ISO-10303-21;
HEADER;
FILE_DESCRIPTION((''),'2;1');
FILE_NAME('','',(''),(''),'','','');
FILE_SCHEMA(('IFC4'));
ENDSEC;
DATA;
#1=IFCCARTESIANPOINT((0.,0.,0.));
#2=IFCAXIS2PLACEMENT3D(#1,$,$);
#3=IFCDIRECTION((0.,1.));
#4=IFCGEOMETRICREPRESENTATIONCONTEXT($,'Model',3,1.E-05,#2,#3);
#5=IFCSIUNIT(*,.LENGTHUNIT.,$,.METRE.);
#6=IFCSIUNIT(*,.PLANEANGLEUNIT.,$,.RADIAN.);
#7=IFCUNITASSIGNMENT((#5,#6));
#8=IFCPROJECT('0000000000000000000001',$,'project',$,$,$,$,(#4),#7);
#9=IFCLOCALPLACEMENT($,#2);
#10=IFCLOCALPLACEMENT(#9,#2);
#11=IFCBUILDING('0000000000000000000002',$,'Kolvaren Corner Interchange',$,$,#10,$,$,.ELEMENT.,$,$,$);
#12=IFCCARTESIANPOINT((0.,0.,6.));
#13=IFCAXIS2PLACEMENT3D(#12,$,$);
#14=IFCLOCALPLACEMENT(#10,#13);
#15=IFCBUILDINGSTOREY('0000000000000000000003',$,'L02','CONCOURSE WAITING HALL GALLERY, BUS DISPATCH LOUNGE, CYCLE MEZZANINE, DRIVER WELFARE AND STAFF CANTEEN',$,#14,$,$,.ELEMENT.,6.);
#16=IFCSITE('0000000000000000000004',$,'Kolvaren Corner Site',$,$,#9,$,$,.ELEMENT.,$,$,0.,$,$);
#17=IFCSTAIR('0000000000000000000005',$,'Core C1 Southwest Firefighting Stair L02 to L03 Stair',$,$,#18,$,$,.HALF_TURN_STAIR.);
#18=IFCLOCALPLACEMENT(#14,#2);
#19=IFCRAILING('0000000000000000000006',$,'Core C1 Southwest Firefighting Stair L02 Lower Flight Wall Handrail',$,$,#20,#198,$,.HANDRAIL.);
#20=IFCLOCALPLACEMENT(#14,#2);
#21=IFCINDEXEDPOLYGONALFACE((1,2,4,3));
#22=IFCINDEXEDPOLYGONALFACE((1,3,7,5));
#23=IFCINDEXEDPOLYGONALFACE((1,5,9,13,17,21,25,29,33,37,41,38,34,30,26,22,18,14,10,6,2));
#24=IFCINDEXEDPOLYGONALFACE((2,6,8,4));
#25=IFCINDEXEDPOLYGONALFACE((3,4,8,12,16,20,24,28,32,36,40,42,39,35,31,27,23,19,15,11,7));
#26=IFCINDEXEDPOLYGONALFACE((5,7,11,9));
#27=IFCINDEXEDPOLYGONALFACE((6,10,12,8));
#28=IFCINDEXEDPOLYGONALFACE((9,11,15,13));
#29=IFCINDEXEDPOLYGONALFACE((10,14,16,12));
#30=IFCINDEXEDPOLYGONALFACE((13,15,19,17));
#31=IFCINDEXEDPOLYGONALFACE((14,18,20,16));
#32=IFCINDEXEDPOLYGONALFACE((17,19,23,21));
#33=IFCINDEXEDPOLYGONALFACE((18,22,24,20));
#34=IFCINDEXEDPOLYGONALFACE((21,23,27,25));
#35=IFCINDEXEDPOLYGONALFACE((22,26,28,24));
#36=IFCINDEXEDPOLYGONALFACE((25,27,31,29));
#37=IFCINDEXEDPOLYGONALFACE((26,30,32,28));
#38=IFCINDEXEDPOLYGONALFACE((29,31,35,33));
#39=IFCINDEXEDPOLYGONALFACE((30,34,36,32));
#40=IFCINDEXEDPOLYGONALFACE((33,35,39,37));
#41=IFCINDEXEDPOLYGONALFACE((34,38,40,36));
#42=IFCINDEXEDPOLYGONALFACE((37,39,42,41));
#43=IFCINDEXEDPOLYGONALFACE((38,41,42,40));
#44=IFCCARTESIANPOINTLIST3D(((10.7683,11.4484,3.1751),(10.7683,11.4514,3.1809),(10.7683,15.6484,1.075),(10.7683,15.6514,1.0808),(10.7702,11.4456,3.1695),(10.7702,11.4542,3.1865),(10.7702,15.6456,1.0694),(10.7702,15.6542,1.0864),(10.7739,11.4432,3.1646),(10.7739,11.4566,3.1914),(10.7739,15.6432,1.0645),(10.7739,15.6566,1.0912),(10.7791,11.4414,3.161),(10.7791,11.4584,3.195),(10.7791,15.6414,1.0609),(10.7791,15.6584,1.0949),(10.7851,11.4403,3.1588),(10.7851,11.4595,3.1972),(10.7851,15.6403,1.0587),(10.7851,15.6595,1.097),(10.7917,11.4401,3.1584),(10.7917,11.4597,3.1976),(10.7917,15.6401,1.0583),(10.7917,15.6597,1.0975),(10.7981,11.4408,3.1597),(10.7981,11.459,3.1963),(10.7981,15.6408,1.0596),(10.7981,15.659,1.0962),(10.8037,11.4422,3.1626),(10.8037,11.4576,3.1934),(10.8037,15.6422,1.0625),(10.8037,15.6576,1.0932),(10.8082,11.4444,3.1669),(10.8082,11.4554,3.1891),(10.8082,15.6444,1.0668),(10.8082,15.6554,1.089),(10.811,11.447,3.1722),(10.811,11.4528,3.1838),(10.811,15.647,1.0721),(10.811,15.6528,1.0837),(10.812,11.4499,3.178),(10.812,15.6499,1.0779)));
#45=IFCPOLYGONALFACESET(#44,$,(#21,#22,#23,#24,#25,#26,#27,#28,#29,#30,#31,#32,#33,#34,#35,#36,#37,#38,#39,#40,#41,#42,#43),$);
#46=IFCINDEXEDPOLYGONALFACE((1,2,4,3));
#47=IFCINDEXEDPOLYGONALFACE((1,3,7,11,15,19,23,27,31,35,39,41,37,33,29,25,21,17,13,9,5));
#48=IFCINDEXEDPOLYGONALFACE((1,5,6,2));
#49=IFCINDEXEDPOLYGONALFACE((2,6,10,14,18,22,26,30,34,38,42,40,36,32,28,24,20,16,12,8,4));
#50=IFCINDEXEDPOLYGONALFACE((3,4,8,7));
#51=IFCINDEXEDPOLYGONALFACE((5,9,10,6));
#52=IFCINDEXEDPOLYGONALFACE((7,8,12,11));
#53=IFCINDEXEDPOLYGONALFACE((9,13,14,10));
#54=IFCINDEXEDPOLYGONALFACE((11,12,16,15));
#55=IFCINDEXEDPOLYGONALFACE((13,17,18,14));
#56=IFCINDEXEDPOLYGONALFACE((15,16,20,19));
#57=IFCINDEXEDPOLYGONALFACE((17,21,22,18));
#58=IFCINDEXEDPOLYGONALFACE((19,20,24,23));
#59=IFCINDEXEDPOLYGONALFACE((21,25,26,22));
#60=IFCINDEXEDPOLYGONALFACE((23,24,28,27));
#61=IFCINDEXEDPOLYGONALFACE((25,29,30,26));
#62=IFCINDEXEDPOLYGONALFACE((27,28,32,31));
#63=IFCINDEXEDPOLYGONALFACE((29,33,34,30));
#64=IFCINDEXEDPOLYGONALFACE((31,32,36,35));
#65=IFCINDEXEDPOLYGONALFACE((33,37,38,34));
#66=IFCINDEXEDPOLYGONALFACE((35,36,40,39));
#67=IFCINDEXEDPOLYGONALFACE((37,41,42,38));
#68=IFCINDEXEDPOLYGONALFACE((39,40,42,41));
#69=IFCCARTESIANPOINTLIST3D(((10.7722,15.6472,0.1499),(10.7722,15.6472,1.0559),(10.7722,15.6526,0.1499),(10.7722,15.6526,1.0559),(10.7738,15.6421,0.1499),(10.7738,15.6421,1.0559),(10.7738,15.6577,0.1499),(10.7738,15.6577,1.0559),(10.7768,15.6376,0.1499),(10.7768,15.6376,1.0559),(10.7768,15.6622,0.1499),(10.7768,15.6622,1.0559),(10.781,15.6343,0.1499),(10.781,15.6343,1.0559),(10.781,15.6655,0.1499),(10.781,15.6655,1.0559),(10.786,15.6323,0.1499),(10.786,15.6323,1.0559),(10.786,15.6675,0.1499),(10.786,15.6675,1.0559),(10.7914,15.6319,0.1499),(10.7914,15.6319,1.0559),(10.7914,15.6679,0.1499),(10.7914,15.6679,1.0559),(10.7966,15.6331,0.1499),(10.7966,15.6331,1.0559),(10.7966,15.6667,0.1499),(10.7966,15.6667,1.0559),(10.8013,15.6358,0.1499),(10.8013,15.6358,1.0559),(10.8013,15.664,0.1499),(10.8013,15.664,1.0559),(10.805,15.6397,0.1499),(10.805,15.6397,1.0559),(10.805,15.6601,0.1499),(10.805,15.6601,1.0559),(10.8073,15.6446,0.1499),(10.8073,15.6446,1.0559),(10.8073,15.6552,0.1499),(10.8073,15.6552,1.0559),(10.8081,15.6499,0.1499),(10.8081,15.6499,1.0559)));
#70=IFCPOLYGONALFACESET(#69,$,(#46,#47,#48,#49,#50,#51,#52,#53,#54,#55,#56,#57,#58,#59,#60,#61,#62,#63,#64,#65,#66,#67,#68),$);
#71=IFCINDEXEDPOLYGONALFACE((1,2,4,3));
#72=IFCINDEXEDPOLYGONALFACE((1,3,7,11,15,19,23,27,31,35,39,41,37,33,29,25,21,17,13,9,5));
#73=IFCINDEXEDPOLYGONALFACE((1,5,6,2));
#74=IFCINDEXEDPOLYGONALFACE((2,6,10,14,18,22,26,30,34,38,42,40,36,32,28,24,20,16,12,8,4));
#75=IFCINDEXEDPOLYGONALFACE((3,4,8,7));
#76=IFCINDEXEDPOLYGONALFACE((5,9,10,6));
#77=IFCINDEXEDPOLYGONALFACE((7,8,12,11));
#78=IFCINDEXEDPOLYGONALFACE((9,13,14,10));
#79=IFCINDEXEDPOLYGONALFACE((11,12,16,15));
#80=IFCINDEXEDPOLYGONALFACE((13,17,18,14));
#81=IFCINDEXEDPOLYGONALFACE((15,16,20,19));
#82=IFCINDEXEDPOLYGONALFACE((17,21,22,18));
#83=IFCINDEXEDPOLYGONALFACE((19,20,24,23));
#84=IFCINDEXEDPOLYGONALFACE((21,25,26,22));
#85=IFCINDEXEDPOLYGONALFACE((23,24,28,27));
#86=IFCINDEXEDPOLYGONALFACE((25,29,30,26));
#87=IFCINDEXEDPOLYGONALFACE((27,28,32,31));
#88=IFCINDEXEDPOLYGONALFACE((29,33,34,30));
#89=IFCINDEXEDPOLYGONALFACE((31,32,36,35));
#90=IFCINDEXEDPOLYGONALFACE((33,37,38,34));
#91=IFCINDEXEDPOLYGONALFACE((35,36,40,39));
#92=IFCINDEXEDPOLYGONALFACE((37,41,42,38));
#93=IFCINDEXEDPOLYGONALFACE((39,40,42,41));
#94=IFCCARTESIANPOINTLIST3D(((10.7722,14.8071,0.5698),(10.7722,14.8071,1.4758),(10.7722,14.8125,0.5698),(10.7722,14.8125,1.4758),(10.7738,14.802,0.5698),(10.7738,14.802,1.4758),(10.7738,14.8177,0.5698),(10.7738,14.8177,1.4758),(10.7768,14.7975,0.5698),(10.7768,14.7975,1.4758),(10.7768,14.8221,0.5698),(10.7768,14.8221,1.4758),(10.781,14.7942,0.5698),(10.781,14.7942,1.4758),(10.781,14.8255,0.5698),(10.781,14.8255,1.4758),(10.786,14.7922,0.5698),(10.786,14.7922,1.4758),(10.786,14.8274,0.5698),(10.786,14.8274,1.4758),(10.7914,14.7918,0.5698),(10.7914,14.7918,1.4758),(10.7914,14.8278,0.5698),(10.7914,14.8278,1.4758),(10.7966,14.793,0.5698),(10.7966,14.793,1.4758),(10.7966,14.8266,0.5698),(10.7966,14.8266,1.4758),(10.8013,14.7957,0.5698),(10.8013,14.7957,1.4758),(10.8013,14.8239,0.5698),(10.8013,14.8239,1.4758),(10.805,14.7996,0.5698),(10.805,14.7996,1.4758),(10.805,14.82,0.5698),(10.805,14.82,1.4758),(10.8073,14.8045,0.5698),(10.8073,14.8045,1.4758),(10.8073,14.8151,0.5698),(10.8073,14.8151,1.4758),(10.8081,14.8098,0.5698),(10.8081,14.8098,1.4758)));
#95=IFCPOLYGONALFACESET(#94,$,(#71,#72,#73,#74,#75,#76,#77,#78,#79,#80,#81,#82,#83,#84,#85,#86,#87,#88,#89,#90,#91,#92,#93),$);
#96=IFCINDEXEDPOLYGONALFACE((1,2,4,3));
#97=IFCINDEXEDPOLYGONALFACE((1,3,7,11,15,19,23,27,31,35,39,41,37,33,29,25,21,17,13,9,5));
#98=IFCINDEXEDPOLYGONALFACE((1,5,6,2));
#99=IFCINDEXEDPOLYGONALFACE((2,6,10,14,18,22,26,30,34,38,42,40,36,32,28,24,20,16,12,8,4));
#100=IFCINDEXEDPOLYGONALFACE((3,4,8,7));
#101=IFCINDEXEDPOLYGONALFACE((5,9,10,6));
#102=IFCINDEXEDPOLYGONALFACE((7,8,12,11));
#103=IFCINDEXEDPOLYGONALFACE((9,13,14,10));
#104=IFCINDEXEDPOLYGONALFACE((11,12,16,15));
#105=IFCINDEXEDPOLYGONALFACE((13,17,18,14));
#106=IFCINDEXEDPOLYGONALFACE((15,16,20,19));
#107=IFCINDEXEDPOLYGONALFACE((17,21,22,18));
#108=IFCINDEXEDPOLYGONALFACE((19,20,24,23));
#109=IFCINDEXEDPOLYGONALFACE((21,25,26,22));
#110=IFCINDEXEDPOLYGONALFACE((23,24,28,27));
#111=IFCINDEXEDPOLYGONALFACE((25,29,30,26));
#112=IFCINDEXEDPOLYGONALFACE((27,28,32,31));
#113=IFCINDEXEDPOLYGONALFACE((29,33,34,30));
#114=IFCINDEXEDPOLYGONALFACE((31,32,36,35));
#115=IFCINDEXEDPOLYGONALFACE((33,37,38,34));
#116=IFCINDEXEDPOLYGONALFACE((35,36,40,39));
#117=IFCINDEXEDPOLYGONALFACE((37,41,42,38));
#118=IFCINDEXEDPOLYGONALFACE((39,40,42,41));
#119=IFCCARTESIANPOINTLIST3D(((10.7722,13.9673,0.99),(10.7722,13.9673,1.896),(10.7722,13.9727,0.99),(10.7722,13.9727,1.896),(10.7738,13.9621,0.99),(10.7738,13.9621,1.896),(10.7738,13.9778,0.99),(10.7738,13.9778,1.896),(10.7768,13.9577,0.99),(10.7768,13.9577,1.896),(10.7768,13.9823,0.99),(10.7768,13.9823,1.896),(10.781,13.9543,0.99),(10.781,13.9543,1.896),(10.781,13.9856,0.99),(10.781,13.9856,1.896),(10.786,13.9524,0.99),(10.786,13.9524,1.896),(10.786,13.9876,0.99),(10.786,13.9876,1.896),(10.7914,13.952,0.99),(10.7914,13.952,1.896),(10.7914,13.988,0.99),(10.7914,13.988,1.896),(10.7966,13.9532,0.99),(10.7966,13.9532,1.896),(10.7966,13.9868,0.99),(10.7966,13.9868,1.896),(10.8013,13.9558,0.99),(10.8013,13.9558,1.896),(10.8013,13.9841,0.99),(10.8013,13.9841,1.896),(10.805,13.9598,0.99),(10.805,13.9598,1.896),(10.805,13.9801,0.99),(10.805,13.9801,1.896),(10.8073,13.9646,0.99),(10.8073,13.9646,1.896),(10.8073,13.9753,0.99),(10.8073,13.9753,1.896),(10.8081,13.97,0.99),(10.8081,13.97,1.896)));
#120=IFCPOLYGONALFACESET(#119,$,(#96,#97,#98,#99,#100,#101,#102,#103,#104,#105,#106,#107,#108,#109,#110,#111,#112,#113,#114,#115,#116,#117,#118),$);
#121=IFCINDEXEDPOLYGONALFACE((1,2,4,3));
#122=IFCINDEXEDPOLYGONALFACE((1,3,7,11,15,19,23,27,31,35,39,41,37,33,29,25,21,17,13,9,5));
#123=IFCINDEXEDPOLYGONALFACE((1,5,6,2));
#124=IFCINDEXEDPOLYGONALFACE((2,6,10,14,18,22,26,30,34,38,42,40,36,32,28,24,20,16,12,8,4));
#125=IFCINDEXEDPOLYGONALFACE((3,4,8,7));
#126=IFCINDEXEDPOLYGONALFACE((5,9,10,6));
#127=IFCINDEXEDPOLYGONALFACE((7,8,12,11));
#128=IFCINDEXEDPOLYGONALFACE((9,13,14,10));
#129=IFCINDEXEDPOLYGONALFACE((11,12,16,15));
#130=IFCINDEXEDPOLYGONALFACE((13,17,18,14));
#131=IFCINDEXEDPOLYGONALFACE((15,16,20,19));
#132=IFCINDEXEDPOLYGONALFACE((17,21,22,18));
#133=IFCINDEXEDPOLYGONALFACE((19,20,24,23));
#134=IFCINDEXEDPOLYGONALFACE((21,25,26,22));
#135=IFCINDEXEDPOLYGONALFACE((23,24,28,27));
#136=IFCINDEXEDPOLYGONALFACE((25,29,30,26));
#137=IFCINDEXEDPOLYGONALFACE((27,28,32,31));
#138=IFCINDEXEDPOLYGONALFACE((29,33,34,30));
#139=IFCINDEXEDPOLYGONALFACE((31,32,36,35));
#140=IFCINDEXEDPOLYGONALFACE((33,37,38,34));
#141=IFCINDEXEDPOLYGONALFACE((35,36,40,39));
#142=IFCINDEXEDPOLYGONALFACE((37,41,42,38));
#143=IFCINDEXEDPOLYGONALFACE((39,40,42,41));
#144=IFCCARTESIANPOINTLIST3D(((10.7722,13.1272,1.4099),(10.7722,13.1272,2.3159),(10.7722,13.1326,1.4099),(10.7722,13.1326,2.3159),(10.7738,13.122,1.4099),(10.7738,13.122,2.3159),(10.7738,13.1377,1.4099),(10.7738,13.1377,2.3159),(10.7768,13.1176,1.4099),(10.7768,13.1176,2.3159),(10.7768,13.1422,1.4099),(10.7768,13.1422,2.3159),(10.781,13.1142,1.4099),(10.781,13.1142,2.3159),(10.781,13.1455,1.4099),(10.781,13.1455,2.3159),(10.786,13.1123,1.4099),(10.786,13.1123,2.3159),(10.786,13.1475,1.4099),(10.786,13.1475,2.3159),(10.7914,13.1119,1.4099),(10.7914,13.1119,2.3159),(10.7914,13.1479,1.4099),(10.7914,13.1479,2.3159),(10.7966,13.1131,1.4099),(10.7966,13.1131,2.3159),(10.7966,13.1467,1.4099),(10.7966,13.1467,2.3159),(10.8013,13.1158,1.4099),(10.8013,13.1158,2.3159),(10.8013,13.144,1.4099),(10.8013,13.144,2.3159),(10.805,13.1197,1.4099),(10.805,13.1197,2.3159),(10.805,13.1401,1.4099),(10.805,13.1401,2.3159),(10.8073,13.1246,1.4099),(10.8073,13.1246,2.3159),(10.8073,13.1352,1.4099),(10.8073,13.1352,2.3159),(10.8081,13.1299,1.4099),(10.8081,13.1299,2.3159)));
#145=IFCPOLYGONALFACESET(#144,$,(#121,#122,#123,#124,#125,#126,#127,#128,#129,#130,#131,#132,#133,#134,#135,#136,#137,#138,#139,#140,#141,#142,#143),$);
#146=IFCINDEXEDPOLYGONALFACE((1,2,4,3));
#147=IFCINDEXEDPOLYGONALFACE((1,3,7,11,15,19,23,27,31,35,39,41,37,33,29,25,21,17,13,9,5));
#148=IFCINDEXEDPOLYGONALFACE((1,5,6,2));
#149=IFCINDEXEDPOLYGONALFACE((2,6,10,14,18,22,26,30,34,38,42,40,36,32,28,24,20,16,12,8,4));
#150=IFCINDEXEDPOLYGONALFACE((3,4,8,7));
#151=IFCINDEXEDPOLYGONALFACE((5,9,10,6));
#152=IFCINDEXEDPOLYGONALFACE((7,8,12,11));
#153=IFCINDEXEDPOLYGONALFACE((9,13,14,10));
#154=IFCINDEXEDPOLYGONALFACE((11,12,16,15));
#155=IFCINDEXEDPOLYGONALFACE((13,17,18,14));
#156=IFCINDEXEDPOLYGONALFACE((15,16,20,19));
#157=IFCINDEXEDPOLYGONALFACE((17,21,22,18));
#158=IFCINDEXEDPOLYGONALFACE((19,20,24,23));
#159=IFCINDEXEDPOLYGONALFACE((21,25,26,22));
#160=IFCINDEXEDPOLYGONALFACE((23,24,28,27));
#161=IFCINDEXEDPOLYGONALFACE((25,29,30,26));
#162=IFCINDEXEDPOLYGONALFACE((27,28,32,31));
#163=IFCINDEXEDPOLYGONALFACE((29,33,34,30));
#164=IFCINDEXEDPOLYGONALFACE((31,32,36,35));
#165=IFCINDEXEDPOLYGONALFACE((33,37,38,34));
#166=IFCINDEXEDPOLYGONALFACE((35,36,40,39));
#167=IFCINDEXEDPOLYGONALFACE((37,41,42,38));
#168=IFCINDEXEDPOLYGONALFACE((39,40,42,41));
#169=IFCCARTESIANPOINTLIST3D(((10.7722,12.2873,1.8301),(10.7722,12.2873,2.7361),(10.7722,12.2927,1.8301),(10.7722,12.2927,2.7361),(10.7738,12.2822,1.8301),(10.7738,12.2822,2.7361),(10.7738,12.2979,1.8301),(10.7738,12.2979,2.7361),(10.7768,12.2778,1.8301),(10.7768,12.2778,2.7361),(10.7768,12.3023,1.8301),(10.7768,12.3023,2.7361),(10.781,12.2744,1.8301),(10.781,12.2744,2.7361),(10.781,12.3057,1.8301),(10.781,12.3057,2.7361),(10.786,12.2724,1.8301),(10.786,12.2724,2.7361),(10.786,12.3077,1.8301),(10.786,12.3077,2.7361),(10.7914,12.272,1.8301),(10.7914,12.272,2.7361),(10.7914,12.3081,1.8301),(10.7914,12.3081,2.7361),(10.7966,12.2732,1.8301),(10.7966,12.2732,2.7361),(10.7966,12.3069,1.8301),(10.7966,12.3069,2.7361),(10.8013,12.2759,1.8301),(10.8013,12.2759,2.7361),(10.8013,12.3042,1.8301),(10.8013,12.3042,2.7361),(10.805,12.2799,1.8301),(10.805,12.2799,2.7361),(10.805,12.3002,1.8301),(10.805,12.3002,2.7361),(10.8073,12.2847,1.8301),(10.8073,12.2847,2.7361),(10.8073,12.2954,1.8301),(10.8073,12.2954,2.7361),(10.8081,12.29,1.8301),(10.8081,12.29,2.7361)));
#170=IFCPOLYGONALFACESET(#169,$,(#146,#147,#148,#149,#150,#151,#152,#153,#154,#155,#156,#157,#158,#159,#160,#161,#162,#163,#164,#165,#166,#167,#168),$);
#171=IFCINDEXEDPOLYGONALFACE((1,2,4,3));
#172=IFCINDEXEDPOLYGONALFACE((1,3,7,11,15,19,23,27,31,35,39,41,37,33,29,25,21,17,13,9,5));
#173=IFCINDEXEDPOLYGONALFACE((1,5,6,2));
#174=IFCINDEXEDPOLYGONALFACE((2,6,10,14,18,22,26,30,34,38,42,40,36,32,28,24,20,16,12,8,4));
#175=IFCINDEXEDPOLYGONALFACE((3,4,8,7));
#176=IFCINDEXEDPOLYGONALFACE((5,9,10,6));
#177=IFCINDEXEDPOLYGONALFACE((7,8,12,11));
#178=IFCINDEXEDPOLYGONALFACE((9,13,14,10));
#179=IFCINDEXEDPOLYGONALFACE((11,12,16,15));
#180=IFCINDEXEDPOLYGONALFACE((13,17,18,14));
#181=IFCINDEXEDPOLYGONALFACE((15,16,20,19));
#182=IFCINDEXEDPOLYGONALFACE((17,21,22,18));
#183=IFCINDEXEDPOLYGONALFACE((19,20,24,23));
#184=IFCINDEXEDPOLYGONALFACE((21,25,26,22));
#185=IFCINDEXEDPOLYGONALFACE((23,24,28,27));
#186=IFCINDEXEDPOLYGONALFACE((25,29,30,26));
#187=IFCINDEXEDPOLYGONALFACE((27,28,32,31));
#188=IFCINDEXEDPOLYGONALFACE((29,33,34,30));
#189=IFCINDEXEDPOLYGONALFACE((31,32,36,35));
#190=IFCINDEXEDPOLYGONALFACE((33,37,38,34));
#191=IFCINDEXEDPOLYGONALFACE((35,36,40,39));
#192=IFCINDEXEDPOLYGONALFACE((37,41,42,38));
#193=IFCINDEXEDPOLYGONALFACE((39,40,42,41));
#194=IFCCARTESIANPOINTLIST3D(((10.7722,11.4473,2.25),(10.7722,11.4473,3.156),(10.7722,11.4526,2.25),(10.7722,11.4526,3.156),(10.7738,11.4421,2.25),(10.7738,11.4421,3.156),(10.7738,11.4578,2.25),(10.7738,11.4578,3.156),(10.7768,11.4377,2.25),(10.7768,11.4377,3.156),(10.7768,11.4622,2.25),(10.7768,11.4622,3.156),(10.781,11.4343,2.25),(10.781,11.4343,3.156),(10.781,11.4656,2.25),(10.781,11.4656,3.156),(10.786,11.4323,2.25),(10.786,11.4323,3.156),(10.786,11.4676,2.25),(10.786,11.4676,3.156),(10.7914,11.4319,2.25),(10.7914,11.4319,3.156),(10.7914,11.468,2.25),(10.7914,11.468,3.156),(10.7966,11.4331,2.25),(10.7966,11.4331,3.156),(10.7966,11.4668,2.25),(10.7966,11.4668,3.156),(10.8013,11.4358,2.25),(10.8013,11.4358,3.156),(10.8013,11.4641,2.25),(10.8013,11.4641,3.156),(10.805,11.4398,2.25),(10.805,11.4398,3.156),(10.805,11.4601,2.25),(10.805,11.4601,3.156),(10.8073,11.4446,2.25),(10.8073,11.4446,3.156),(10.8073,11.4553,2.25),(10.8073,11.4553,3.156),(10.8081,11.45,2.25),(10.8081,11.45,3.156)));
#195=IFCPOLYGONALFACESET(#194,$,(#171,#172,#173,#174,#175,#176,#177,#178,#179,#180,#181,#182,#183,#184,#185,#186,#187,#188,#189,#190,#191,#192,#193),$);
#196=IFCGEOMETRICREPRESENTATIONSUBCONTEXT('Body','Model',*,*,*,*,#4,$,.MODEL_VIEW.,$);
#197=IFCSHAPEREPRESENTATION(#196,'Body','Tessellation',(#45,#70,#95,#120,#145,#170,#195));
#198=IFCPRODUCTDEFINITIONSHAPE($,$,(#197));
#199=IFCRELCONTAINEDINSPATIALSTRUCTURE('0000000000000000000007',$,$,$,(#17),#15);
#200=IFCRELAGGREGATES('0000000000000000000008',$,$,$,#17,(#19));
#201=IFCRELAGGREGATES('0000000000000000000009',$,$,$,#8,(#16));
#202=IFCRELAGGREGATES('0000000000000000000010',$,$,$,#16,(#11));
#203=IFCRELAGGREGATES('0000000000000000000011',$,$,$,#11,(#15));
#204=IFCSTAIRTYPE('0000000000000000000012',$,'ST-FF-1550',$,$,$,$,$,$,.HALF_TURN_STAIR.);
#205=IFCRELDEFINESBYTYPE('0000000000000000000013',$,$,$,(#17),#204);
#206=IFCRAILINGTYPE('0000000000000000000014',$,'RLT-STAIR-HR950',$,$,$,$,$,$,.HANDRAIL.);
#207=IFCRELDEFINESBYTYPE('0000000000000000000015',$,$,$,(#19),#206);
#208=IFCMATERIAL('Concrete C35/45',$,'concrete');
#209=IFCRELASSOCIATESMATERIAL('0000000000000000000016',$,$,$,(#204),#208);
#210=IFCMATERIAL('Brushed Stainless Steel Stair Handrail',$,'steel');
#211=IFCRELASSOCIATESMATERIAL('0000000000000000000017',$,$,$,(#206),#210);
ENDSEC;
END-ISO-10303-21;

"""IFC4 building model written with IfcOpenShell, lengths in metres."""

from ifc_helpers import new_model, si_unit, direction, frame, origin, origin_2d, place, context, subcontext, project, spatial, circle, extrude, material, type_object, element, aggregate, save


model = new_model("IFC4")

# Units and contexts
model_context = context("Model", 3, precision=1e-05, world=origin(), true_north=direction((0.0, 1.0)))
body_context = subcontext(model_context, "Body", "Model", "MODEL_VIEW")
ifc_project = project(units=[si_unit("LENGTHUNIT", "METRE"), si_unit("PLANEANGLEUNIT", "RADIAN")], contexts=[model_context])

# Site, building, storey
site_placement = place(None, origin())
site = spatial("IfcSite", under=ifc_project, at=site_placement, Name="Kolvaren Corner Site", CompositionType="ELEMENT", RefElevation=0.0)
building_placement = place(site_placement, origin())
building = spatial("IfcBuilding", under=site, at=building_placement, Name="Kolvaren Corner Interchange", CompositionType="ELEMENT")
storey_placement = place(building_placement, frame((0.0, 0.0, 6.0)))
storey = spatial("IfcBuildingStorey", under=building, at=storey_placement, Name="L02", Description="CONCOURSE WAITING HALL GALLERY, BUS DISPATCH LOUNGE, CYCLE MEZZANINE, DRIVER WELFARE AND STAFF CANTEEN", CompositionType="ELEMENT", Elevation=6.0)

# Stair
ifc_material_1 = material(Name="Concrete C35/45", Category="concrete")
stair_type = type_object("IfcStairType", Name="ST-FF-1550", PredefinedType="HALF_TURN_STAIR", material=ifc_material_1)
stair_placement = place(storey_placement, origin())
stair = element("IfcStair", 1, at=stair_placement, inside=storey, type_object=stair_type, Name="Core C1 Southwest Firefighting Stair L02 to L03 Stair", PredefinedType="HALF_TURN_STAIR")

# Railing
ifc_material_2 = material(Name="Brushed Stainless Steel Stair Handrail", Category="steel")
railing_type_1 = type_object("IfcRailingType", Name="RLT-STAIR-HR950", PredefinedType="HANDRAIL", material=ifc_material_2)
railing_1_placement = place(storey_placement, frame((10.79, 15.6499, 0.1499)))
railing_1 = element("IfcRailing", 2, at=railing_1_placement, type_object=railing_type_1, Name="Core C1 Southwest Firefighting Stair L02 Lower Flight Wall Handrail", PredefinedType="HANDRAIL", context=body_context, shape_type="SweptSolid", body=[
    extrude(circle(Radius=0.022, at=origin_2d()), frame((0.0, 0.0, 0.928), z_axis=(0.0, -0.894417, 0.447234), x_axis=(1.0, 0.0, 0.0)), (0.0, 0.0, 1.0), 4.6958),
    extrude(circle(Radius=0.0181, at=origin_2d()), origin(), (0.0, 0.0, 1.0), 0.906),
    extrude(circle(Radius=0.0181, at=origin_2d()), frame((0.0, -0.8401, 0.4199)), (0.0, 0.0, 1.0), 0.906),
    extrude(circle(Radius=0.0181, at=origin_2d()), frame((0.0, -1.6799, 0.8401)), (0.0, 0.0, 1.0), 0.906),
    extrude(circle(Radius=0.0181, at=origin_2d()), frame((0.0, -2.52, 1.26)), (0.0, 0.0, 1.0), 0.906),
    extrude(circle(Radius=0.0181, at=origin_2d()), frame((0.0, -3.3599, 1.6802)), (0.0, 0.0, 1.0), 0.906),
    extrude(circle(Radius=0.0181, at=origin_2d()), frame((0.0, -4.2, 2.1001)), (0.0, 0.0, 1.0), 0.906),
])
aggregate(stair, [railing_1])

save(model, "model.ifc")
